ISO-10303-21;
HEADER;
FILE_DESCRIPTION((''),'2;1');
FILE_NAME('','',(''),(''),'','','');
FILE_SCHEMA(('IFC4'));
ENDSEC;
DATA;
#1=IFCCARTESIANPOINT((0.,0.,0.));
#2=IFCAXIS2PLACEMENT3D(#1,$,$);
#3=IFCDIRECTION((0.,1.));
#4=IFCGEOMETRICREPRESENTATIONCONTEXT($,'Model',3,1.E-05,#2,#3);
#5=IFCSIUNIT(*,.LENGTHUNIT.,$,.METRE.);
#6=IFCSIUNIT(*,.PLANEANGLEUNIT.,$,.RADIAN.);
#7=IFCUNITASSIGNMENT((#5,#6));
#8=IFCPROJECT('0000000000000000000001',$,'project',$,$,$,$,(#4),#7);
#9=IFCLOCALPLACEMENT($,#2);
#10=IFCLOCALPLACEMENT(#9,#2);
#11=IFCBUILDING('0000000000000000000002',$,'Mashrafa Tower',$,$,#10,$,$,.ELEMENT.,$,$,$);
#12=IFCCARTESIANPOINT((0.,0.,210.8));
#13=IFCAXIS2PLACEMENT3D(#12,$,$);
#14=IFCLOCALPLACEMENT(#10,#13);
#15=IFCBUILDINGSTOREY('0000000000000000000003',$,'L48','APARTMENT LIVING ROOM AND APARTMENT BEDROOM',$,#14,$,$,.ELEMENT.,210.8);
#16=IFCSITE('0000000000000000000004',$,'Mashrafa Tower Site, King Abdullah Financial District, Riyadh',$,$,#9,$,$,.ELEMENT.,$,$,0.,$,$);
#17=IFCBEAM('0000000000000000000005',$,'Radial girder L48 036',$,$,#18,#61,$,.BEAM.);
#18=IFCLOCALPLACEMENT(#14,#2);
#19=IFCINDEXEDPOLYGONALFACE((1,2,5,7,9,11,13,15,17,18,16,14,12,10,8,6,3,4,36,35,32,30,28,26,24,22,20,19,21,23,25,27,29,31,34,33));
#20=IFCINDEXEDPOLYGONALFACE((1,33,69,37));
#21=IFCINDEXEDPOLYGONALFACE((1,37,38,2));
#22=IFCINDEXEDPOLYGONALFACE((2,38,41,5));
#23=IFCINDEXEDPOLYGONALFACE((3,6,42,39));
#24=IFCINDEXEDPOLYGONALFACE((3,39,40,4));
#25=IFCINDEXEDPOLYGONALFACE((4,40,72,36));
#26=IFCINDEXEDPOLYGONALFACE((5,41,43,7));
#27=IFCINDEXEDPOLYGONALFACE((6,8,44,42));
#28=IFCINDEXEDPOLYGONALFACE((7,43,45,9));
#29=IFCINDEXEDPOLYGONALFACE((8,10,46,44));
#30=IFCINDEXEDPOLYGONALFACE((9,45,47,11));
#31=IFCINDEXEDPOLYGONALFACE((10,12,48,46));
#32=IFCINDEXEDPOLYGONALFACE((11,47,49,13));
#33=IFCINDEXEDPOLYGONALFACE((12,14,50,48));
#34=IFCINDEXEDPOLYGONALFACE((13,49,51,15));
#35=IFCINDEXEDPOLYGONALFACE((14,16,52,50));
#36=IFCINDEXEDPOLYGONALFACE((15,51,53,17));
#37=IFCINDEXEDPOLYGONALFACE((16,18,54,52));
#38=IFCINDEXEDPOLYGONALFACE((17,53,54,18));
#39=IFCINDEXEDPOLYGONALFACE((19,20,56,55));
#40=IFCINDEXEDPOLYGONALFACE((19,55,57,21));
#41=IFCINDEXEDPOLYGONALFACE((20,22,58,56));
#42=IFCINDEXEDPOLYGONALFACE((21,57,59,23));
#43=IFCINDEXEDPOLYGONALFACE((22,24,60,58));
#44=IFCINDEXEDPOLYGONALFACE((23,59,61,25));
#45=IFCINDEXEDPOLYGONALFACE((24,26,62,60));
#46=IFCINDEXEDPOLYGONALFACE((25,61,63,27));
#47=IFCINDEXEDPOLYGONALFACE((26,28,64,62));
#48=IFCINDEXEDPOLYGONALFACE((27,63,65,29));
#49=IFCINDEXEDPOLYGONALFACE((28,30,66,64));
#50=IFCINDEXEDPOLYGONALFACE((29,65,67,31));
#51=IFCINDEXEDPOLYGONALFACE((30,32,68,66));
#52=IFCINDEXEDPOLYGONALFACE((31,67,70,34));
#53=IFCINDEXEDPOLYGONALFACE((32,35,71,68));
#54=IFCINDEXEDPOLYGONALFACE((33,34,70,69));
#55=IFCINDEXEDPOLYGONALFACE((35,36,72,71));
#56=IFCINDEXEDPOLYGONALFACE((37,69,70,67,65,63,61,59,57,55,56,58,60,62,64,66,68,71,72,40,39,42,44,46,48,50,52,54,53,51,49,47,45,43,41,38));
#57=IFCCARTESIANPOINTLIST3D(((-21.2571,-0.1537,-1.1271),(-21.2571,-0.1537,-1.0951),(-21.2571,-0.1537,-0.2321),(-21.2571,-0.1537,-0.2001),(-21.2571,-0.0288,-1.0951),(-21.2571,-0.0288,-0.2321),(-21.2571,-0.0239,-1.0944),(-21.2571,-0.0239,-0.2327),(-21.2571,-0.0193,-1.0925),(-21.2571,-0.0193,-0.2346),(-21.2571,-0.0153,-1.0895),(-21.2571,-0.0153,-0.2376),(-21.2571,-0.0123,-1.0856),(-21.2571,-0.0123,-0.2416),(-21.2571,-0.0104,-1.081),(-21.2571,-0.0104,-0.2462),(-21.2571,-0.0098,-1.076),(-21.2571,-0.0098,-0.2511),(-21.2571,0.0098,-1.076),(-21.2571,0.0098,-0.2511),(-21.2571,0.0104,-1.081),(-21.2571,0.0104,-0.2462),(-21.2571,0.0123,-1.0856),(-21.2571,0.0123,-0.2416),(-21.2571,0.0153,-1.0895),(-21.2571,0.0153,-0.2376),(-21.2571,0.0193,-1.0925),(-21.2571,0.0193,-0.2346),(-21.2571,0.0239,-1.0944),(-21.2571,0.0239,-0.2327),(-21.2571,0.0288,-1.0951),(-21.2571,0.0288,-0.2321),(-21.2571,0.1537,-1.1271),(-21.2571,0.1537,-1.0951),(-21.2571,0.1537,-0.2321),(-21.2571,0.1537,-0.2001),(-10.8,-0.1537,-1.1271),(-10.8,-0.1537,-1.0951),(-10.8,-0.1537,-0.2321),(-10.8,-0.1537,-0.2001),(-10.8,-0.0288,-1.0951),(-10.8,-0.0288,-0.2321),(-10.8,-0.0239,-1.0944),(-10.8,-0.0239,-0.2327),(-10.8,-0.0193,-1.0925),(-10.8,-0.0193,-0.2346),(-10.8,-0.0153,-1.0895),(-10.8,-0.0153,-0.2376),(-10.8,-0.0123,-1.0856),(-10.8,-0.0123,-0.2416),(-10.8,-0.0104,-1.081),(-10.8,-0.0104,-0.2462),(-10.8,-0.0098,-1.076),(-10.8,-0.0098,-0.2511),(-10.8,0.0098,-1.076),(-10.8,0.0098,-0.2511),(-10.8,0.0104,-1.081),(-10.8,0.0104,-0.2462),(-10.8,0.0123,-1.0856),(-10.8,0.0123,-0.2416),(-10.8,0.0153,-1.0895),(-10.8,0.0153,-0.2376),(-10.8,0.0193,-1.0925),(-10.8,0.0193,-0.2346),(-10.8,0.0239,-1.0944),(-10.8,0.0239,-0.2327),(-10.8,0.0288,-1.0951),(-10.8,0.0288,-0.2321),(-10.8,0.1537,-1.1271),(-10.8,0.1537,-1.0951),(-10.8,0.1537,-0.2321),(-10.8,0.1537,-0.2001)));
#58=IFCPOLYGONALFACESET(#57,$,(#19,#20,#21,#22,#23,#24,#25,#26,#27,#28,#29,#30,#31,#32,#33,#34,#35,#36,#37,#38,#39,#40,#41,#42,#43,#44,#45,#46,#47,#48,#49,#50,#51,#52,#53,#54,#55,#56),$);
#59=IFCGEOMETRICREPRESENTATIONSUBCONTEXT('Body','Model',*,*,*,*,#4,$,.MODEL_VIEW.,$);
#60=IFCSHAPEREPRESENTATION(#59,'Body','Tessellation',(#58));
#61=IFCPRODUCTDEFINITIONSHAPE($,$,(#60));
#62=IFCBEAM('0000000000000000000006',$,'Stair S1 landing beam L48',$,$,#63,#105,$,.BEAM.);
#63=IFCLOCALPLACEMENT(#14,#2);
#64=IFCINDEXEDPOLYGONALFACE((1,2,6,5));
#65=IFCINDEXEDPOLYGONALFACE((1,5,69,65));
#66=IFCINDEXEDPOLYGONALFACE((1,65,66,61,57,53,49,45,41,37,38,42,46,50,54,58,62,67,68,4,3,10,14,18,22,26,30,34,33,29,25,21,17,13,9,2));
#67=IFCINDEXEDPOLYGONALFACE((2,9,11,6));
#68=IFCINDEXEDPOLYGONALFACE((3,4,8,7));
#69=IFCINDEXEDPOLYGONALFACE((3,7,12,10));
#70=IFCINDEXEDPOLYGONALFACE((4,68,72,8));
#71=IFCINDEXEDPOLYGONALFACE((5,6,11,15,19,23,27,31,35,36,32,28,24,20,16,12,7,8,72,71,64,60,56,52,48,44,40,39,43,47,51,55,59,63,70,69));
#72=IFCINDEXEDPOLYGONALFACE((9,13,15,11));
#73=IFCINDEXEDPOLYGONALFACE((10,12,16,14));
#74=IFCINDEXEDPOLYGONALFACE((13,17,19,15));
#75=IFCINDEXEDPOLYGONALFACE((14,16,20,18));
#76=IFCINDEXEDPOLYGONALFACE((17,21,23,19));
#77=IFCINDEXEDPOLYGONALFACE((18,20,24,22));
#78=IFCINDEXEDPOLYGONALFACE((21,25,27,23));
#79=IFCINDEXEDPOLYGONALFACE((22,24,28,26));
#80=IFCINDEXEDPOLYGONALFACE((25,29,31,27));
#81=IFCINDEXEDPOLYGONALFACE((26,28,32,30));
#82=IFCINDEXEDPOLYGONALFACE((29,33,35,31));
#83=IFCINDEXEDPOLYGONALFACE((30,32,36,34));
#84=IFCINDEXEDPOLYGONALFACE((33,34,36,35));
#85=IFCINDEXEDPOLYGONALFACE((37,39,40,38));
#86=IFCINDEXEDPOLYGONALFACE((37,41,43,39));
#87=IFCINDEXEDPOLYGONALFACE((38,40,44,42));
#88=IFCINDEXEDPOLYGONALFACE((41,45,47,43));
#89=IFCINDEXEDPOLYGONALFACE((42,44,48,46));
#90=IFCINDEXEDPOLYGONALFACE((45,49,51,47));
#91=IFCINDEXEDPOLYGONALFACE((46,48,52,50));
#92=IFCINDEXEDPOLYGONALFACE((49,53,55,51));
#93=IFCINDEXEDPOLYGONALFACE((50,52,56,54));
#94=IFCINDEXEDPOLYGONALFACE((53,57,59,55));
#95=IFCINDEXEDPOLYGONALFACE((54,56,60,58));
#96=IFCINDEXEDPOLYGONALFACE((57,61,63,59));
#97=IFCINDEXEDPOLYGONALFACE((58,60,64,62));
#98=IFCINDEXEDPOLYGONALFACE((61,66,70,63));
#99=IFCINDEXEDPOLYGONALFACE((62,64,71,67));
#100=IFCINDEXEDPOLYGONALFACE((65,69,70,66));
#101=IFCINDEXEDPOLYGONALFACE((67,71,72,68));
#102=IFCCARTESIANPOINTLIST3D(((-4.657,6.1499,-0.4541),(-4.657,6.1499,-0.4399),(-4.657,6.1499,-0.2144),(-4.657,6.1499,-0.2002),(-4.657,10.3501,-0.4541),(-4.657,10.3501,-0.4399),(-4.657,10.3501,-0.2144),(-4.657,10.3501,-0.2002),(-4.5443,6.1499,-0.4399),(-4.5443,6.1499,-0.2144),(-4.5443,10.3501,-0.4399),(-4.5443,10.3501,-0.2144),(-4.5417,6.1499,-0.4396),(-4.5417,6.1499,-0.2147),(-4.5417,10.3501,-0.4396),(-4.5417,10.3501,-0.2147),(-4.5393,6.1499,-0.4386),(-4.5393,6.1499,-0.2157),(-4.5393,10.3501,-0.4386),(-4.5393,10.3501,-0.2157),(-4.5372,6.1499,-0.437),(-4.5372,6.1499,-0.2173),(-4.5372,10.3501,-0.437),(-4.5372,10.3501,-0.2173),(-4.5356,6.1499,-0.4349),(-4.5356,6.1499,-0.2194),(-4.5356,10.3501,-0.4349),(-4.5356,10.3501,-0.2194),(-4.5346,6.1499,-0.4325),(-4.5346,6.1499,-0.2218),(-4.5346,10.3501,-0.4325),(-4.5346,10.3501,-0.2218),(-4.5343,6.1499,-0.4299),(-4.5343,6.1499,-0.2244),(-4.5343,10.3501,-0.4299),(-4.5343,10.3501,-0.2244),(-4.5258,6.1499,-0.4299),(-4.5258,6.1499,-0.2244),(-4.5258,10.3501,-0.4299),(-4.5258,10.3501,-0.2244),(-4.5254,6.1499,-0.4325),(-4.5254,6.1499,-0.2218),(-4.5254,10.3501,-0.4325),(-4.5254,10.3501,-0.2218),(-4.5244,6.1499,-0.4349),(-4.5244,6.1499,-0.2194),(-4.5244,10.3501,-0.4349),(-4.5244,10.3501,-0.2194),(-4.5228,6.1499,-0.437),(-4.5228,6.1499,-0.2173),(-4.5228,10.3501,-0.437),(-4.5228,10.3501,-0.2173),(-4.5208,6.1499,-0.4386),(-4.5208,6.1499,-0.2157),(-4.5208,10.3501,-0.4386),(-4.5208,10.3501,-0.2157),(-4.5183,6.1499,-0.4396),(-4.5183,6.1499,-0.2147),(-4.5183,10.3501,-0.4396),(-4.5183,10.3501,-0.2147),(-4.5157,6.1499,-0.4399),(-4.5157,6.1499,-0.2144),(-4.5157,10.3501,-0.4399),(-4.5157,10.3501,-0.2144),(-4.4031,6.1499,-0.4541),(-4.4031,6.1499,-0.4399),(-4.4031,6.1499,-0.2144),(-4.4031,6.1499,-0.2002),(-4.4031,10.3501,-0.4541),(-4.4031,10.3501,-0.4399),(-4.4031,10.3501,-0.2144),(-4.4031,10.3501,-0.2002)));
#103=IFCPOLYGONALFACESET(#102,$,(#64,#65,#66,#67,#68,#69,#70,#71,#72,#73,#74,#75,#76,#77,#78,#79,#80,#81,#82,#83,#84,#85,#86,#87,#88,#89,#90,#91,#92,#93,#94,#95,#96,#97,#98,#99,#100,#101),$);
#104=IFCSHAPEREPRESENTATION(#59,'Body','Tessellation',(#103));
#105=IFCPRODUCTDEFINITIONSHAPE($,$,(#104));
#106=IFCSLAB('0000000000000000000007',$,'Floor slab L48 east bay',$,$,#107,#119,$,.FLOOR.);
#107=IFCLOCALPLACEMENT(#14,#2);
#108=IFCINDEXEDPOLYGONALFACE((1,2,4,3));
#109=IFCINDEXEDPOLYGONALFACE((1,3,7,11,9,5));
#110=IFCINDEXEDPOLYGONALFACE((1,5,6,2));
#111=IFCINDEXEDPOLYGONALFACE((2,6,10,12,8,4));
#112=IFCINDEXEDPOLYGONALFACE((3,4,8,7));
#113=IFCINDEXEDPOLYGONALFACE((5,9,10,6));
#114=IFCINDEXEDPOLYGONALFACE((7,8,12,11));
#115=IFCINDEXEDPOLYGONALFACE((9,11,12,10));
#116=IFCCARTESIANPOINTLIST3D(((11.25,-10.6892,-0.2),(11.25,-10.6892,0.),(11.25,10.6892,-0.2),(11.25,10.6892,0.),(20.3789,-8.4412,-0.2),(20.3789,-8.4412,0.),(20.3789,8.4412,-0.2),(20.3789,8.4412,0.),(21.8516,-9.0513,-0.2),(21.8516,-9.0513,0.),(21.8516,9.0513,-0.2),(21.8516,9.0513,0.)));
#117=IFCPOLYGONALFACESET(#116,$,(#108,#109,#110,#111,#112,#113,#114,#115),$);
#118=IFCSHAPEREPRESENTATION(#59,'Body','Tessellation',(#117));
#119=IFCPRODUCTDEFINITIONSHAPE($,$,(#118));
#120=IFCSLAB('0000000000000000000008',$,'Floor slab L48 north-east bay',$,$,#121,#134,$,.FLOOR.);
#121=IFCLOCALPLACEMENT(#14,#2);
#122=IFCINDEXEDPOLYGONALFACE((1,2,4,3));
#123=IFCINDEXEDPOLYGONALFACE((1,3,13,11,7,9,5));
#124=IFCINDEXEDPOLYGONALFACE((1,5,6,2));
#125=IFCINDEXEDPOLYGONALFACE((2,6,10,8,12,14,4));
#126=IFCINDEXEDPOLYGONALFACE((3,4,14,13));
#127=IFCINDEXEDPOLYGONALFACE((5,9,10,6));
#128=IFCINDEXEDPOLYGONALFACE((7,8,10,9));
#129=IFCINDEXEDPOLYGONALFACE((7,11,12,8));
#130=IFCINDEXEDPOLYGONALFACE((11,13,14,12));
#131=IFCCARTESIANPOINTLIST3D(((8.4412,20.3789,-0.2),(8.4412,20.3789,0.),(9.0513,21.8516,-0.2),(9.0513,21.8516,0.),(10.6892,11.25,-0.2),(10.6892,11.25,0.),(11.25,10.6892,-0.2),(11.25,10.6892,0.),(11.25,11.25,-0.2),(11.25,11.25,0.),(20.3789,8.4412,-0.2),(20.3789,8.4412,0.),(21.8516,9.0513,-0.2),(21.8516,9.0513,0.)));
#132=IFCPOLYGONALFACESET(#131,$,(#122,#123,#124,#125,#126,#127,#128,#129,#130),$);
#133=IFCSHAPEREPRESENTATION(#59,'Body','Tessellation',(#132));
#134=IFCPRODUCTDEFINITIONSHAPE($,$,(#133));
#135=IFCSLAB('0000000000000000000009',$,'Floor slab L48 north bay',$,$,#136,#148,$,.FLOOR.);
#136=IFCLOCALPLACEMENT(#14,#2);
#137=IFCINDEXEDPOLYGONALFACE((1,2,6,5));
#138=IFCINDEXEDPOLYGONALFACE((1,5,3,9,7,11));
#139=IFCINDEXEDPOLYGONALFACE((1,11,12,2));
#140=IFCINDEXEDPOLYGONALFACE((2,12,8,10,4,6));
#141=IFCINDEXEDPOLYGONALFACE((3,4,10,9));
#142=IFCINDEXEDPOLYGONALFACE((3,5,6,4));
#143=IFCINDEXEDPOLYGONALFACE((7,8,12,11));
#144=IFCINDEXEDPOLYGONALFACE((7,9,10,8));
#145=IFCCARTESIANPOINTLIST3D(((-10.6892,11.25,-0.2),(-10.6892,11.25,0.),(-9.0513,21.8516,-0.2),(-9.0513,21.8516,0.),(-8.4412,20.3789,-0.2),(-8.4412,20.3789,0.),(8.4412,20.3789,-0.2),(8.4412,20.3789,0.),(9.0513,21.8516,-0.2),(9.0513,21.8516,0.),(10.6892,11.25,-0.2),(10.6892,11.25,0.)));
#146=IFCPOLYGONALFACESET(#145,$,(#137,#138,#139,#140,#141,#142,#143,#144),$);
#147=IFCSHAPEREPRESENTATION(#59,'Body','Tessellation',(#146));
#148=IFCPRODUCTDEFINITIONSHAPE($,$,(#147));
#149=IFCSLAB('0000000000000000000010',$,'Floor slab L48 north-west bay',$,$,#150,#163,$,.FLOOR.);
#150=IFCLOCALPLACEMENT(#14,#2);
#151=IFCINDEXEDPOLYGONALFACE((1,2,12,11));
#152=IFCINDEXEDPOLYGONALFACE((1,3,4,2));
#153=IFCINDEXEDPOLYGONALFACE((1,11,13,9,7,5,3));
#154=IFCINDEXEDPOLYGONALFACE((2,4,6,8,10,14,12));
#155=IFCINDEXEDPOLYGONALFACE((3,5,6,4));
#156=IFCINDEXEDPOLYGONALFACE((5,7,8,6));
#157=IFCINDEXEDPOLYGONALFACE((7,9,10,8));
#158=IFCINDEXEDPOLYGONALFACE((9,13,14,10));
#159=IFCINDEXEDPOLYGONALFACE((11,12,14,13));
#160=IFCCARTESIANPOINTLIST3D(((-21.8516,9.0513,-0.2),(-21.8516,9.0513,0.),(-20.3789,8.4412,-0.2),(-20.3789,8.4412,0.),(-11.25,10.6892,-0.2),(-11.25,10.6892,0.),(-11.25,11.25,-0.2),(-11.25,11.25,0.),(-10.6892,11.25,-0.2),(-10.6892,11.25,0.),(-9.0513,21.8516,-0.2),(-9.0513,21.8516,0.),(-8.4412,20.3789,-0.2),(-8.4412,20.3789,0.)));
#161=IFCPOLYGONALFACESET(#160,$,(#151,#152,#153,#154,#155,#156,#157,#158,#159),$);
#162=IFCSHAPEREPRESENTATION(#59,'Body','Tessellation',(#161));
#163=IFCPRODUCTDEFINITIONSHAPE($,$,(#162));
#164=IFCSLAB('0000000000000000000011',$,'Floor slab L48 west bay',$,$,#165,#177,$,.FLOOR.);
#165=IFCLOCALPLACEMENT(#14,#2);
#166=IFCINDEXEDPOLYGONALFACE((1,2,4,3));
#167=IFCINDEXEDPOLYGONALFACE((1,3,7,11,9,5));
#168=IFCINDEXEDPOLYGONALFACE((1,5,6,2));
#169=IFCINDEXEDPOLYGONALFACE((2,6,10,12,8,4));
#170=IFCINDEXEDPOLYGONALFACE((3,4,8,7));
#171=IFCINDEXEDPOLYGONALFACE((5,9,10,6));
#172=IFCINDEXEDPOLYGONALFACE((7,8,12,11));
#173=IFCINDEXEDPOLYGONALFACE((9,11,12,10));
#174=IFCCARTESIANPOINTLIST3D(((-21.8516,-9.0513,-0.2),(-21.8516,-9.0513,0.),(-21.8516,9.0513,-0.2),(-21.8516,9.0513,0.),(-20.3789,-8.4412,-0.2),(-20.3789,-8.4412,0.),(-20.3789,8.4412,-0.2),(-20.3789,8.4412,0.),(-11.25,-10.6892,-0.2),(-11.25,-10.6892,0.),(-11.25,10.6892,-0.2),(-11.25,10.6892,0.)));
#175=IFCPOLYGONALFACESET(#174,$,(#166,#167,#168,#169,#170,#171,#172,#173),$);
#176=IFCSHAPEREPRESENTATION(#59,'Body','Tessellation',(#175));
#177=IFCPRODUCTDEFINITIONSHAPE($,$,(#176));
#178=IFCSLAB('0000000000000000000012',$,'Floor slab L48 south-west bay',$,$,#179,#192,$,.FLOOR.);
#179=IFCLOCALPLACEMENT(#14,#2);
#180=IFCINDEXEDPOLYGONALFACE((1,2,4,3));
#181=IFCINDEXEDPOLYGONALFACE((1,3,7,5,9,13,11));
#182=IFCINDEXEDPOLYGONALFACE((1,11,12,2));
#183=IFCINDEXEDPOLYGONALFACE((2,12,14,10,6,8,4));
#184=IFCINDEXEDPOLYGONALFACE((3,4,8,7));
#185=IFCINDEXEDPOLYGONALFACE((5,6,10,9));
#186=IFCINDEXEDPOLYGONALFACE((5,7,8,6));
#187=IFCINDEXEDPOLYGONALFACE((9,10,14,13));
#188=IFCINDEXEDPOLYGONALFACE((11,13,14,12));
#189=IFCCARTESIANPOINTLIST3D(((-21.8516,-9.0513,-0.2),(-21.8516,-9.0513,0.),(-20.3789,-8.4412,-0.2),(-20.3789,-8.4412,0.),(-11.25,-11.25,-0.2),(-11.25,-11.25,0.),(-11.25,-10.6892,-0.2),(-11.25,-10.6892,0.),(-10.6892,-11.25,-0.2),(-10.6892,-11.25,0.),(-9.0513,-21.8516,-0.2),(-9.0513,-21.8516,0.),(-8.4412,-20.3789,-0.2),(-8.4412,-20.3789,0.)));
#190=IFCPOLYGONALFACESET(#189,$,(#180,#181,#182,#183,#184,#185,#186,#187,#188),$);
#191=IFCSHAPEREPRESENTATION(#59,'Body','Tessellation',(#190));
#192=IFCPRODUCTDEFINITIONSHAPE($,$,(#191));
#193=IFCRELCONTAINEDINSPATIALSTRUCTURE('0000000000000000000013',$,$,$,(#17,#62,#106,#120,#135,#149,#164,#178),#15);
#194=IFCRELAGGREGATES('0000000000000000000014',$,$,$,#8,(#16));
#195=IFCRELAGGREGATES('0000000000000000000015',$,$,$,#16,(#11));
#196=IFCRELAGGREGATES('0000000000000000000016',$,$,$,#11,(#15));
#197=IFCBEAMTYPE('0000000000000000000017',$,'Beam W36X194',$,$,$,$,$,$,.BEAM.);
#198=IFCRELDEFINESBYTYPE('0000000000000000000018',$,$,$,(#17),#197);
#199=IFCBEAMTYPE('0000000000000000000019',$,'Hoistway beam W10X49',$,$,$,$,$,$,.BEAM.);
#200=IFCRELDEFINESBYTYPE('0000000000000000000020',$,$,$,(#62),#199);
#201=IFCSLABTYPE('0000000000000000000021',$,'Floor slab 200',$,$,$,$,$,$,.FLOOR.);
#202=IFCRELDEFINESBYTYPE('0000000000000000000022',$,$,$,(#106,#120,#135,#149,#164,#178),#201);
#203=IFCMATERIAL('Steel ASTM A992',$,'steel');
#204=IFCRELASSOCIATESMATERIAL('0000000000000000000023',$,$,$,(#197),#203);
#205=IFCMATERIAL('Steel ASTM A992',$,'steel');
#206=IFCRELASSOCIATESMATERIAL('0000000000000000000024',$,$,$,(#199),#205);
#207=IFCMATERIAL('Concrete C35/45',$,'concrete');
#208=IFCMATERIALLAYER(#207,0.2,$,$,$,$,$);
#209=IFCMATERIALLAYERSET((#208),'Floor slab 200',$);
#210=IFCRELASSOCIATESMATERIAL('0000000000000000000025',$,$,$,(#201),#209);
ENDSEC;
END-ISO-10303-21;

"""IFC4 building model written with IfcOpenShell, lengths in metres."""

from ifc_helpers import new_model, si_unit, direction, frame, origin, origin_2d, place, context, subcontext, project, spatial, polyline, i_section, outline, extrude, material, layer, layer_set, material_profile, profile_set, type_object, element, save


model = new_model("IFC4")

# Units and contexts
model_context = context("Model", 3, precision=1e-05, world=origin(), true_north=direction((0.0, 1.0)))
body_context = subcontext(model_context, "Body", "Model", "MODEL_VIEW")
ifc_project = project(units=[si_unit("LENGTHUNIT", "METRE"), si_unit("PLANEANGLEUNIT", "RADIAN")], contexts=[model_context])

# Site, building, storey
site_placement = place(None, origin())
site = spatial("IfcSite", under=ifc_project, at=site_placement, Name="Mashrafa Tower Site, King Abdullah Financial District, Riyadh", CompositionType="ELEMENT", RefElevation=0.0)
building_placement = place(site_placement, origin())
building = spatial("IfcBuilding", under=site, at=building_placement, Name="Mashrafa Tower", CompositionType="ELEMENT")
storey_placement = place(building_placement, frame((0.0, 0.0, 210.8)))
storey = spatial("IfcBuildingStorey", under=building, at=storey_placement, Name="L48", Description="APARTMENT LIVING ROOM AND APARTMENT BEDROOM", CompositionType="ELEMENT", Elevation=210.8)

# Beams
ifc_material_1 = material(Name="Steel ASTM A992", Category="steel")
ifc_material_profile_1 = material_profile(ifc_material_1, i_section(OverallWidth=0.3074, OverallDepth=0.927, WebThickness=0.0195, FlangeThickness=0.032, FilletRadius=0.019, at=origin_2d()), Name="W36X194")
ifc_profile_set_1 = profile_set([ifc_material_profile_1], Name="Steel ASTM A992")
beam_type_1 = type_object("IfcBeamType", Name="Beam W36X194", PredefinedType="BEAM", material=ifc_profile_set_1)
beam_1_placement = place(storey_placement, frame((-10.8, 0.0, -0.6636), z_axis=(-1.0, 0.0, 0.0), x_axis=(0.0, -1.0, 0.0)))
element("IfcBeam", 1, at=beam_1_placement, inside=storey, type_object=beam_type_1, Name="Radial girder L48 036", PredefinedType="BEAM", context=body_context, shape_type="SweptSolid", body=[
    extrude(i_section(OverallWidth=0.3074, OverallDepth=0.927, WebThickness=0.0195, FlangeThickness=0.032, FilletRadius=0.019, at=origin_2d()), origin(), (0.0, 0.0, 1.0), 10.457),
])
ifc_material_2 = material(Name="Steel ASTM A992", Category="steel")
ifc_material_profile_2 = material_profile(ifc_material_2, i_section(OverallWidth=0.2539, OverallDepth=0.2539, WebThickness=0.0085, FlangeThickness=0.0142, FilletRadius=0.01, at=origin_2d()), Name="W10X49")
ifc_profile_set_2 = profile_set([ifc_material_profile_2], Name="Steel ASTM A992")
beam_type_2 = type_object("IfcBeamType", Name="Hoistway beam W10X49", PredefinedType="BEAM", material=ifc_profile_set_2)
beam_2_placement = place(storey_placement, frame((-4.53, 6.1499, -0.3271), z_axis=(0.0, 1.0, 0.0), x_axis=(-1.0, 0.0, 0.0)))
element("IfcBeam", 2, at=beam_2_placement, inside=storey, type_object=beam_type_2, Name="Stair S1 landing beam L48", PredefinedType="BEAM", context=body_context, shape_type="SweptSolid", body=[
    extrude(i_section(OverallWidth=0.2539, OverallDepth=0.2539, WebThickness=0.0085, FlangeThickness=0.0142, FilletRadius=0.01, at=origin_2d()), origin(), (0.0, 0.0, 1.0), 4.2002),
])

# Slabs
ifc_material_3 = material(Name="Concrete C35/45", Category="concrete")
ifc_layer_1 = layer(ifc_material_3, 0.2)
ifc_layer_set_1 = layer_set([ifc_layer_1], Name="Floor slab 200")
slab_type = type_object("IfcSlabType", Name="Floor slab 200", PredefinedType="FLOOR", material=ifc_layer_set_1)
slab_1_placement = place(storey_placement, frame((0.0, 0.0, -0.2)))
element("IfcSlab", 3, at=slab_1_placement, inside=storey, type_object=slab_type, Name="Floor slab L48 east bay", PredefinedType="FLOOR", context=body_context, shape_type="SweptSolid", body=[
    extrude(outline(polyline([(21.8516, -9.0513), (20.3789, -8.4412), (11.25, -10.6892), (11.25, 10.6892), (20.3789, 8.4412), (21.8516, 9.0513), (21.8516, -9.0513)])), origin(), (0.0, 0.0, 1.0), 0.2),
])
slab_2_placement = place(storey_placement, frame((0.0, 0.0, -0.2)))
element("IfcSlab", 4, at=slab_2_placement, inside=storey, type_object=slab_type, Name="Floor slab L48 north-east bay", PredefinedType="FLOOR", context=body_context, shape_type="SweptSolid", body=[
    extrude(outline(polyline([(9.0513, 21.8516), (21.8516, 9.0513), (21.8516, 9.0513), (20.3789, 8.4412), (11.25, 10.6892), (11.25, 11.25), (10.6892, 11.25), (8.4412, 20.3789), (9.0513, 21.8516), (9.0513, 21.8516)])), origin(), (0.0, 0.0, 1.0), 0.2),
])
slab_3_placement = place(storey_placement, frame((0.0, 0.0, -0.2)))
element("IfcSlab", 5, at=slab_3_placement, inside=storey, type_object=slab_type, Name="Floor slab L48 north bay", PredefinedType="FLOOR", context=body_context, shape_type="SweptSolid", body=[
    extrude(outline(polyline([(9.0513, 21.8516), (8.4412, 20.3789), (10.6892, 11.25), (-10.6892, 11.25), (-8.4412, 20.3789), (-9.0513, 21.8516), (9.0513, 21.8516)])), origin(), (0.0, 0.0, 1.0), 0.2),
])
slab_4_placement = place(storey_placement, frame((0.0, 0.0, -0.2)))
element("IfcSlab", 6, at=slab_4_placement, inside=storey, type_object=slab_type, Name="Floor slab L48 north-west bay", PredefinedType="FLOOR", context=body_context, shape_type="SweptSolid", body=[
    extrude(outline(polyline([(-21.8516, 9.0513), (-9.0513, 21.8516), (-9.0513, 21.8516), (-8.4412, 20.3789), (-10.6892, 11.25), (-11.25, 11.25), (-11.25, 10.6892), (-20.3789, 8.4412), (-21.8516, 9.0513), (-21.8516, 9.0513)])), origin(), (0.0, 0.0, 1.0), 0.2),
])
slab_5_placement = place(storey_placement, frame((0.0, 0.0, -0.2)))
element("IfcSlab", 7, at=slab_5_placement, inside=storey, type_object=slab_type, Name="Floor slab L48 west bay", PredefinedType="FLOOR", context=body_context, shape_type="SweptSolid", body=[
    extrude(outline(polyline([(-21.8516, 9.0513), (-20.3789, 8.4412), (-11.25, 10.6892), (-11.25, -10.6892), (-20.3789, -8.4412), (-21.8516, -9.0513), (-21.8516, 9.0513)])), origin(), (0.0, 0.0, 1.0), 0.2),
])
slab_6_placement = place(storey_placement, frame((0.0, 0.0, -0.2)))
element("IfcSlab", 8, at=slab_6_placement, inside=storey, type_object=slab_type, Name="Floor slab L48 south-west bay", PredefinedType="FLOOR", context=body_context, shape_type="SweptSolid", body=[
    extrude(outline(polyline([(-9.0513, -21.8516), (-21.8516, -9.0513), (-21.8516, -9.0513), (-20.3789, -8.4412), (-11.25, -10.6892), (-11.25, -11.25), (-10.6892, -11.25), (-8.4412, -20.3789), (-9.0513, -21.8516), (-9.0513, -21.8516)])), origin(), (0.0, 0.0, 1.0), 0.2),
])

save(model, "model.ifc")
